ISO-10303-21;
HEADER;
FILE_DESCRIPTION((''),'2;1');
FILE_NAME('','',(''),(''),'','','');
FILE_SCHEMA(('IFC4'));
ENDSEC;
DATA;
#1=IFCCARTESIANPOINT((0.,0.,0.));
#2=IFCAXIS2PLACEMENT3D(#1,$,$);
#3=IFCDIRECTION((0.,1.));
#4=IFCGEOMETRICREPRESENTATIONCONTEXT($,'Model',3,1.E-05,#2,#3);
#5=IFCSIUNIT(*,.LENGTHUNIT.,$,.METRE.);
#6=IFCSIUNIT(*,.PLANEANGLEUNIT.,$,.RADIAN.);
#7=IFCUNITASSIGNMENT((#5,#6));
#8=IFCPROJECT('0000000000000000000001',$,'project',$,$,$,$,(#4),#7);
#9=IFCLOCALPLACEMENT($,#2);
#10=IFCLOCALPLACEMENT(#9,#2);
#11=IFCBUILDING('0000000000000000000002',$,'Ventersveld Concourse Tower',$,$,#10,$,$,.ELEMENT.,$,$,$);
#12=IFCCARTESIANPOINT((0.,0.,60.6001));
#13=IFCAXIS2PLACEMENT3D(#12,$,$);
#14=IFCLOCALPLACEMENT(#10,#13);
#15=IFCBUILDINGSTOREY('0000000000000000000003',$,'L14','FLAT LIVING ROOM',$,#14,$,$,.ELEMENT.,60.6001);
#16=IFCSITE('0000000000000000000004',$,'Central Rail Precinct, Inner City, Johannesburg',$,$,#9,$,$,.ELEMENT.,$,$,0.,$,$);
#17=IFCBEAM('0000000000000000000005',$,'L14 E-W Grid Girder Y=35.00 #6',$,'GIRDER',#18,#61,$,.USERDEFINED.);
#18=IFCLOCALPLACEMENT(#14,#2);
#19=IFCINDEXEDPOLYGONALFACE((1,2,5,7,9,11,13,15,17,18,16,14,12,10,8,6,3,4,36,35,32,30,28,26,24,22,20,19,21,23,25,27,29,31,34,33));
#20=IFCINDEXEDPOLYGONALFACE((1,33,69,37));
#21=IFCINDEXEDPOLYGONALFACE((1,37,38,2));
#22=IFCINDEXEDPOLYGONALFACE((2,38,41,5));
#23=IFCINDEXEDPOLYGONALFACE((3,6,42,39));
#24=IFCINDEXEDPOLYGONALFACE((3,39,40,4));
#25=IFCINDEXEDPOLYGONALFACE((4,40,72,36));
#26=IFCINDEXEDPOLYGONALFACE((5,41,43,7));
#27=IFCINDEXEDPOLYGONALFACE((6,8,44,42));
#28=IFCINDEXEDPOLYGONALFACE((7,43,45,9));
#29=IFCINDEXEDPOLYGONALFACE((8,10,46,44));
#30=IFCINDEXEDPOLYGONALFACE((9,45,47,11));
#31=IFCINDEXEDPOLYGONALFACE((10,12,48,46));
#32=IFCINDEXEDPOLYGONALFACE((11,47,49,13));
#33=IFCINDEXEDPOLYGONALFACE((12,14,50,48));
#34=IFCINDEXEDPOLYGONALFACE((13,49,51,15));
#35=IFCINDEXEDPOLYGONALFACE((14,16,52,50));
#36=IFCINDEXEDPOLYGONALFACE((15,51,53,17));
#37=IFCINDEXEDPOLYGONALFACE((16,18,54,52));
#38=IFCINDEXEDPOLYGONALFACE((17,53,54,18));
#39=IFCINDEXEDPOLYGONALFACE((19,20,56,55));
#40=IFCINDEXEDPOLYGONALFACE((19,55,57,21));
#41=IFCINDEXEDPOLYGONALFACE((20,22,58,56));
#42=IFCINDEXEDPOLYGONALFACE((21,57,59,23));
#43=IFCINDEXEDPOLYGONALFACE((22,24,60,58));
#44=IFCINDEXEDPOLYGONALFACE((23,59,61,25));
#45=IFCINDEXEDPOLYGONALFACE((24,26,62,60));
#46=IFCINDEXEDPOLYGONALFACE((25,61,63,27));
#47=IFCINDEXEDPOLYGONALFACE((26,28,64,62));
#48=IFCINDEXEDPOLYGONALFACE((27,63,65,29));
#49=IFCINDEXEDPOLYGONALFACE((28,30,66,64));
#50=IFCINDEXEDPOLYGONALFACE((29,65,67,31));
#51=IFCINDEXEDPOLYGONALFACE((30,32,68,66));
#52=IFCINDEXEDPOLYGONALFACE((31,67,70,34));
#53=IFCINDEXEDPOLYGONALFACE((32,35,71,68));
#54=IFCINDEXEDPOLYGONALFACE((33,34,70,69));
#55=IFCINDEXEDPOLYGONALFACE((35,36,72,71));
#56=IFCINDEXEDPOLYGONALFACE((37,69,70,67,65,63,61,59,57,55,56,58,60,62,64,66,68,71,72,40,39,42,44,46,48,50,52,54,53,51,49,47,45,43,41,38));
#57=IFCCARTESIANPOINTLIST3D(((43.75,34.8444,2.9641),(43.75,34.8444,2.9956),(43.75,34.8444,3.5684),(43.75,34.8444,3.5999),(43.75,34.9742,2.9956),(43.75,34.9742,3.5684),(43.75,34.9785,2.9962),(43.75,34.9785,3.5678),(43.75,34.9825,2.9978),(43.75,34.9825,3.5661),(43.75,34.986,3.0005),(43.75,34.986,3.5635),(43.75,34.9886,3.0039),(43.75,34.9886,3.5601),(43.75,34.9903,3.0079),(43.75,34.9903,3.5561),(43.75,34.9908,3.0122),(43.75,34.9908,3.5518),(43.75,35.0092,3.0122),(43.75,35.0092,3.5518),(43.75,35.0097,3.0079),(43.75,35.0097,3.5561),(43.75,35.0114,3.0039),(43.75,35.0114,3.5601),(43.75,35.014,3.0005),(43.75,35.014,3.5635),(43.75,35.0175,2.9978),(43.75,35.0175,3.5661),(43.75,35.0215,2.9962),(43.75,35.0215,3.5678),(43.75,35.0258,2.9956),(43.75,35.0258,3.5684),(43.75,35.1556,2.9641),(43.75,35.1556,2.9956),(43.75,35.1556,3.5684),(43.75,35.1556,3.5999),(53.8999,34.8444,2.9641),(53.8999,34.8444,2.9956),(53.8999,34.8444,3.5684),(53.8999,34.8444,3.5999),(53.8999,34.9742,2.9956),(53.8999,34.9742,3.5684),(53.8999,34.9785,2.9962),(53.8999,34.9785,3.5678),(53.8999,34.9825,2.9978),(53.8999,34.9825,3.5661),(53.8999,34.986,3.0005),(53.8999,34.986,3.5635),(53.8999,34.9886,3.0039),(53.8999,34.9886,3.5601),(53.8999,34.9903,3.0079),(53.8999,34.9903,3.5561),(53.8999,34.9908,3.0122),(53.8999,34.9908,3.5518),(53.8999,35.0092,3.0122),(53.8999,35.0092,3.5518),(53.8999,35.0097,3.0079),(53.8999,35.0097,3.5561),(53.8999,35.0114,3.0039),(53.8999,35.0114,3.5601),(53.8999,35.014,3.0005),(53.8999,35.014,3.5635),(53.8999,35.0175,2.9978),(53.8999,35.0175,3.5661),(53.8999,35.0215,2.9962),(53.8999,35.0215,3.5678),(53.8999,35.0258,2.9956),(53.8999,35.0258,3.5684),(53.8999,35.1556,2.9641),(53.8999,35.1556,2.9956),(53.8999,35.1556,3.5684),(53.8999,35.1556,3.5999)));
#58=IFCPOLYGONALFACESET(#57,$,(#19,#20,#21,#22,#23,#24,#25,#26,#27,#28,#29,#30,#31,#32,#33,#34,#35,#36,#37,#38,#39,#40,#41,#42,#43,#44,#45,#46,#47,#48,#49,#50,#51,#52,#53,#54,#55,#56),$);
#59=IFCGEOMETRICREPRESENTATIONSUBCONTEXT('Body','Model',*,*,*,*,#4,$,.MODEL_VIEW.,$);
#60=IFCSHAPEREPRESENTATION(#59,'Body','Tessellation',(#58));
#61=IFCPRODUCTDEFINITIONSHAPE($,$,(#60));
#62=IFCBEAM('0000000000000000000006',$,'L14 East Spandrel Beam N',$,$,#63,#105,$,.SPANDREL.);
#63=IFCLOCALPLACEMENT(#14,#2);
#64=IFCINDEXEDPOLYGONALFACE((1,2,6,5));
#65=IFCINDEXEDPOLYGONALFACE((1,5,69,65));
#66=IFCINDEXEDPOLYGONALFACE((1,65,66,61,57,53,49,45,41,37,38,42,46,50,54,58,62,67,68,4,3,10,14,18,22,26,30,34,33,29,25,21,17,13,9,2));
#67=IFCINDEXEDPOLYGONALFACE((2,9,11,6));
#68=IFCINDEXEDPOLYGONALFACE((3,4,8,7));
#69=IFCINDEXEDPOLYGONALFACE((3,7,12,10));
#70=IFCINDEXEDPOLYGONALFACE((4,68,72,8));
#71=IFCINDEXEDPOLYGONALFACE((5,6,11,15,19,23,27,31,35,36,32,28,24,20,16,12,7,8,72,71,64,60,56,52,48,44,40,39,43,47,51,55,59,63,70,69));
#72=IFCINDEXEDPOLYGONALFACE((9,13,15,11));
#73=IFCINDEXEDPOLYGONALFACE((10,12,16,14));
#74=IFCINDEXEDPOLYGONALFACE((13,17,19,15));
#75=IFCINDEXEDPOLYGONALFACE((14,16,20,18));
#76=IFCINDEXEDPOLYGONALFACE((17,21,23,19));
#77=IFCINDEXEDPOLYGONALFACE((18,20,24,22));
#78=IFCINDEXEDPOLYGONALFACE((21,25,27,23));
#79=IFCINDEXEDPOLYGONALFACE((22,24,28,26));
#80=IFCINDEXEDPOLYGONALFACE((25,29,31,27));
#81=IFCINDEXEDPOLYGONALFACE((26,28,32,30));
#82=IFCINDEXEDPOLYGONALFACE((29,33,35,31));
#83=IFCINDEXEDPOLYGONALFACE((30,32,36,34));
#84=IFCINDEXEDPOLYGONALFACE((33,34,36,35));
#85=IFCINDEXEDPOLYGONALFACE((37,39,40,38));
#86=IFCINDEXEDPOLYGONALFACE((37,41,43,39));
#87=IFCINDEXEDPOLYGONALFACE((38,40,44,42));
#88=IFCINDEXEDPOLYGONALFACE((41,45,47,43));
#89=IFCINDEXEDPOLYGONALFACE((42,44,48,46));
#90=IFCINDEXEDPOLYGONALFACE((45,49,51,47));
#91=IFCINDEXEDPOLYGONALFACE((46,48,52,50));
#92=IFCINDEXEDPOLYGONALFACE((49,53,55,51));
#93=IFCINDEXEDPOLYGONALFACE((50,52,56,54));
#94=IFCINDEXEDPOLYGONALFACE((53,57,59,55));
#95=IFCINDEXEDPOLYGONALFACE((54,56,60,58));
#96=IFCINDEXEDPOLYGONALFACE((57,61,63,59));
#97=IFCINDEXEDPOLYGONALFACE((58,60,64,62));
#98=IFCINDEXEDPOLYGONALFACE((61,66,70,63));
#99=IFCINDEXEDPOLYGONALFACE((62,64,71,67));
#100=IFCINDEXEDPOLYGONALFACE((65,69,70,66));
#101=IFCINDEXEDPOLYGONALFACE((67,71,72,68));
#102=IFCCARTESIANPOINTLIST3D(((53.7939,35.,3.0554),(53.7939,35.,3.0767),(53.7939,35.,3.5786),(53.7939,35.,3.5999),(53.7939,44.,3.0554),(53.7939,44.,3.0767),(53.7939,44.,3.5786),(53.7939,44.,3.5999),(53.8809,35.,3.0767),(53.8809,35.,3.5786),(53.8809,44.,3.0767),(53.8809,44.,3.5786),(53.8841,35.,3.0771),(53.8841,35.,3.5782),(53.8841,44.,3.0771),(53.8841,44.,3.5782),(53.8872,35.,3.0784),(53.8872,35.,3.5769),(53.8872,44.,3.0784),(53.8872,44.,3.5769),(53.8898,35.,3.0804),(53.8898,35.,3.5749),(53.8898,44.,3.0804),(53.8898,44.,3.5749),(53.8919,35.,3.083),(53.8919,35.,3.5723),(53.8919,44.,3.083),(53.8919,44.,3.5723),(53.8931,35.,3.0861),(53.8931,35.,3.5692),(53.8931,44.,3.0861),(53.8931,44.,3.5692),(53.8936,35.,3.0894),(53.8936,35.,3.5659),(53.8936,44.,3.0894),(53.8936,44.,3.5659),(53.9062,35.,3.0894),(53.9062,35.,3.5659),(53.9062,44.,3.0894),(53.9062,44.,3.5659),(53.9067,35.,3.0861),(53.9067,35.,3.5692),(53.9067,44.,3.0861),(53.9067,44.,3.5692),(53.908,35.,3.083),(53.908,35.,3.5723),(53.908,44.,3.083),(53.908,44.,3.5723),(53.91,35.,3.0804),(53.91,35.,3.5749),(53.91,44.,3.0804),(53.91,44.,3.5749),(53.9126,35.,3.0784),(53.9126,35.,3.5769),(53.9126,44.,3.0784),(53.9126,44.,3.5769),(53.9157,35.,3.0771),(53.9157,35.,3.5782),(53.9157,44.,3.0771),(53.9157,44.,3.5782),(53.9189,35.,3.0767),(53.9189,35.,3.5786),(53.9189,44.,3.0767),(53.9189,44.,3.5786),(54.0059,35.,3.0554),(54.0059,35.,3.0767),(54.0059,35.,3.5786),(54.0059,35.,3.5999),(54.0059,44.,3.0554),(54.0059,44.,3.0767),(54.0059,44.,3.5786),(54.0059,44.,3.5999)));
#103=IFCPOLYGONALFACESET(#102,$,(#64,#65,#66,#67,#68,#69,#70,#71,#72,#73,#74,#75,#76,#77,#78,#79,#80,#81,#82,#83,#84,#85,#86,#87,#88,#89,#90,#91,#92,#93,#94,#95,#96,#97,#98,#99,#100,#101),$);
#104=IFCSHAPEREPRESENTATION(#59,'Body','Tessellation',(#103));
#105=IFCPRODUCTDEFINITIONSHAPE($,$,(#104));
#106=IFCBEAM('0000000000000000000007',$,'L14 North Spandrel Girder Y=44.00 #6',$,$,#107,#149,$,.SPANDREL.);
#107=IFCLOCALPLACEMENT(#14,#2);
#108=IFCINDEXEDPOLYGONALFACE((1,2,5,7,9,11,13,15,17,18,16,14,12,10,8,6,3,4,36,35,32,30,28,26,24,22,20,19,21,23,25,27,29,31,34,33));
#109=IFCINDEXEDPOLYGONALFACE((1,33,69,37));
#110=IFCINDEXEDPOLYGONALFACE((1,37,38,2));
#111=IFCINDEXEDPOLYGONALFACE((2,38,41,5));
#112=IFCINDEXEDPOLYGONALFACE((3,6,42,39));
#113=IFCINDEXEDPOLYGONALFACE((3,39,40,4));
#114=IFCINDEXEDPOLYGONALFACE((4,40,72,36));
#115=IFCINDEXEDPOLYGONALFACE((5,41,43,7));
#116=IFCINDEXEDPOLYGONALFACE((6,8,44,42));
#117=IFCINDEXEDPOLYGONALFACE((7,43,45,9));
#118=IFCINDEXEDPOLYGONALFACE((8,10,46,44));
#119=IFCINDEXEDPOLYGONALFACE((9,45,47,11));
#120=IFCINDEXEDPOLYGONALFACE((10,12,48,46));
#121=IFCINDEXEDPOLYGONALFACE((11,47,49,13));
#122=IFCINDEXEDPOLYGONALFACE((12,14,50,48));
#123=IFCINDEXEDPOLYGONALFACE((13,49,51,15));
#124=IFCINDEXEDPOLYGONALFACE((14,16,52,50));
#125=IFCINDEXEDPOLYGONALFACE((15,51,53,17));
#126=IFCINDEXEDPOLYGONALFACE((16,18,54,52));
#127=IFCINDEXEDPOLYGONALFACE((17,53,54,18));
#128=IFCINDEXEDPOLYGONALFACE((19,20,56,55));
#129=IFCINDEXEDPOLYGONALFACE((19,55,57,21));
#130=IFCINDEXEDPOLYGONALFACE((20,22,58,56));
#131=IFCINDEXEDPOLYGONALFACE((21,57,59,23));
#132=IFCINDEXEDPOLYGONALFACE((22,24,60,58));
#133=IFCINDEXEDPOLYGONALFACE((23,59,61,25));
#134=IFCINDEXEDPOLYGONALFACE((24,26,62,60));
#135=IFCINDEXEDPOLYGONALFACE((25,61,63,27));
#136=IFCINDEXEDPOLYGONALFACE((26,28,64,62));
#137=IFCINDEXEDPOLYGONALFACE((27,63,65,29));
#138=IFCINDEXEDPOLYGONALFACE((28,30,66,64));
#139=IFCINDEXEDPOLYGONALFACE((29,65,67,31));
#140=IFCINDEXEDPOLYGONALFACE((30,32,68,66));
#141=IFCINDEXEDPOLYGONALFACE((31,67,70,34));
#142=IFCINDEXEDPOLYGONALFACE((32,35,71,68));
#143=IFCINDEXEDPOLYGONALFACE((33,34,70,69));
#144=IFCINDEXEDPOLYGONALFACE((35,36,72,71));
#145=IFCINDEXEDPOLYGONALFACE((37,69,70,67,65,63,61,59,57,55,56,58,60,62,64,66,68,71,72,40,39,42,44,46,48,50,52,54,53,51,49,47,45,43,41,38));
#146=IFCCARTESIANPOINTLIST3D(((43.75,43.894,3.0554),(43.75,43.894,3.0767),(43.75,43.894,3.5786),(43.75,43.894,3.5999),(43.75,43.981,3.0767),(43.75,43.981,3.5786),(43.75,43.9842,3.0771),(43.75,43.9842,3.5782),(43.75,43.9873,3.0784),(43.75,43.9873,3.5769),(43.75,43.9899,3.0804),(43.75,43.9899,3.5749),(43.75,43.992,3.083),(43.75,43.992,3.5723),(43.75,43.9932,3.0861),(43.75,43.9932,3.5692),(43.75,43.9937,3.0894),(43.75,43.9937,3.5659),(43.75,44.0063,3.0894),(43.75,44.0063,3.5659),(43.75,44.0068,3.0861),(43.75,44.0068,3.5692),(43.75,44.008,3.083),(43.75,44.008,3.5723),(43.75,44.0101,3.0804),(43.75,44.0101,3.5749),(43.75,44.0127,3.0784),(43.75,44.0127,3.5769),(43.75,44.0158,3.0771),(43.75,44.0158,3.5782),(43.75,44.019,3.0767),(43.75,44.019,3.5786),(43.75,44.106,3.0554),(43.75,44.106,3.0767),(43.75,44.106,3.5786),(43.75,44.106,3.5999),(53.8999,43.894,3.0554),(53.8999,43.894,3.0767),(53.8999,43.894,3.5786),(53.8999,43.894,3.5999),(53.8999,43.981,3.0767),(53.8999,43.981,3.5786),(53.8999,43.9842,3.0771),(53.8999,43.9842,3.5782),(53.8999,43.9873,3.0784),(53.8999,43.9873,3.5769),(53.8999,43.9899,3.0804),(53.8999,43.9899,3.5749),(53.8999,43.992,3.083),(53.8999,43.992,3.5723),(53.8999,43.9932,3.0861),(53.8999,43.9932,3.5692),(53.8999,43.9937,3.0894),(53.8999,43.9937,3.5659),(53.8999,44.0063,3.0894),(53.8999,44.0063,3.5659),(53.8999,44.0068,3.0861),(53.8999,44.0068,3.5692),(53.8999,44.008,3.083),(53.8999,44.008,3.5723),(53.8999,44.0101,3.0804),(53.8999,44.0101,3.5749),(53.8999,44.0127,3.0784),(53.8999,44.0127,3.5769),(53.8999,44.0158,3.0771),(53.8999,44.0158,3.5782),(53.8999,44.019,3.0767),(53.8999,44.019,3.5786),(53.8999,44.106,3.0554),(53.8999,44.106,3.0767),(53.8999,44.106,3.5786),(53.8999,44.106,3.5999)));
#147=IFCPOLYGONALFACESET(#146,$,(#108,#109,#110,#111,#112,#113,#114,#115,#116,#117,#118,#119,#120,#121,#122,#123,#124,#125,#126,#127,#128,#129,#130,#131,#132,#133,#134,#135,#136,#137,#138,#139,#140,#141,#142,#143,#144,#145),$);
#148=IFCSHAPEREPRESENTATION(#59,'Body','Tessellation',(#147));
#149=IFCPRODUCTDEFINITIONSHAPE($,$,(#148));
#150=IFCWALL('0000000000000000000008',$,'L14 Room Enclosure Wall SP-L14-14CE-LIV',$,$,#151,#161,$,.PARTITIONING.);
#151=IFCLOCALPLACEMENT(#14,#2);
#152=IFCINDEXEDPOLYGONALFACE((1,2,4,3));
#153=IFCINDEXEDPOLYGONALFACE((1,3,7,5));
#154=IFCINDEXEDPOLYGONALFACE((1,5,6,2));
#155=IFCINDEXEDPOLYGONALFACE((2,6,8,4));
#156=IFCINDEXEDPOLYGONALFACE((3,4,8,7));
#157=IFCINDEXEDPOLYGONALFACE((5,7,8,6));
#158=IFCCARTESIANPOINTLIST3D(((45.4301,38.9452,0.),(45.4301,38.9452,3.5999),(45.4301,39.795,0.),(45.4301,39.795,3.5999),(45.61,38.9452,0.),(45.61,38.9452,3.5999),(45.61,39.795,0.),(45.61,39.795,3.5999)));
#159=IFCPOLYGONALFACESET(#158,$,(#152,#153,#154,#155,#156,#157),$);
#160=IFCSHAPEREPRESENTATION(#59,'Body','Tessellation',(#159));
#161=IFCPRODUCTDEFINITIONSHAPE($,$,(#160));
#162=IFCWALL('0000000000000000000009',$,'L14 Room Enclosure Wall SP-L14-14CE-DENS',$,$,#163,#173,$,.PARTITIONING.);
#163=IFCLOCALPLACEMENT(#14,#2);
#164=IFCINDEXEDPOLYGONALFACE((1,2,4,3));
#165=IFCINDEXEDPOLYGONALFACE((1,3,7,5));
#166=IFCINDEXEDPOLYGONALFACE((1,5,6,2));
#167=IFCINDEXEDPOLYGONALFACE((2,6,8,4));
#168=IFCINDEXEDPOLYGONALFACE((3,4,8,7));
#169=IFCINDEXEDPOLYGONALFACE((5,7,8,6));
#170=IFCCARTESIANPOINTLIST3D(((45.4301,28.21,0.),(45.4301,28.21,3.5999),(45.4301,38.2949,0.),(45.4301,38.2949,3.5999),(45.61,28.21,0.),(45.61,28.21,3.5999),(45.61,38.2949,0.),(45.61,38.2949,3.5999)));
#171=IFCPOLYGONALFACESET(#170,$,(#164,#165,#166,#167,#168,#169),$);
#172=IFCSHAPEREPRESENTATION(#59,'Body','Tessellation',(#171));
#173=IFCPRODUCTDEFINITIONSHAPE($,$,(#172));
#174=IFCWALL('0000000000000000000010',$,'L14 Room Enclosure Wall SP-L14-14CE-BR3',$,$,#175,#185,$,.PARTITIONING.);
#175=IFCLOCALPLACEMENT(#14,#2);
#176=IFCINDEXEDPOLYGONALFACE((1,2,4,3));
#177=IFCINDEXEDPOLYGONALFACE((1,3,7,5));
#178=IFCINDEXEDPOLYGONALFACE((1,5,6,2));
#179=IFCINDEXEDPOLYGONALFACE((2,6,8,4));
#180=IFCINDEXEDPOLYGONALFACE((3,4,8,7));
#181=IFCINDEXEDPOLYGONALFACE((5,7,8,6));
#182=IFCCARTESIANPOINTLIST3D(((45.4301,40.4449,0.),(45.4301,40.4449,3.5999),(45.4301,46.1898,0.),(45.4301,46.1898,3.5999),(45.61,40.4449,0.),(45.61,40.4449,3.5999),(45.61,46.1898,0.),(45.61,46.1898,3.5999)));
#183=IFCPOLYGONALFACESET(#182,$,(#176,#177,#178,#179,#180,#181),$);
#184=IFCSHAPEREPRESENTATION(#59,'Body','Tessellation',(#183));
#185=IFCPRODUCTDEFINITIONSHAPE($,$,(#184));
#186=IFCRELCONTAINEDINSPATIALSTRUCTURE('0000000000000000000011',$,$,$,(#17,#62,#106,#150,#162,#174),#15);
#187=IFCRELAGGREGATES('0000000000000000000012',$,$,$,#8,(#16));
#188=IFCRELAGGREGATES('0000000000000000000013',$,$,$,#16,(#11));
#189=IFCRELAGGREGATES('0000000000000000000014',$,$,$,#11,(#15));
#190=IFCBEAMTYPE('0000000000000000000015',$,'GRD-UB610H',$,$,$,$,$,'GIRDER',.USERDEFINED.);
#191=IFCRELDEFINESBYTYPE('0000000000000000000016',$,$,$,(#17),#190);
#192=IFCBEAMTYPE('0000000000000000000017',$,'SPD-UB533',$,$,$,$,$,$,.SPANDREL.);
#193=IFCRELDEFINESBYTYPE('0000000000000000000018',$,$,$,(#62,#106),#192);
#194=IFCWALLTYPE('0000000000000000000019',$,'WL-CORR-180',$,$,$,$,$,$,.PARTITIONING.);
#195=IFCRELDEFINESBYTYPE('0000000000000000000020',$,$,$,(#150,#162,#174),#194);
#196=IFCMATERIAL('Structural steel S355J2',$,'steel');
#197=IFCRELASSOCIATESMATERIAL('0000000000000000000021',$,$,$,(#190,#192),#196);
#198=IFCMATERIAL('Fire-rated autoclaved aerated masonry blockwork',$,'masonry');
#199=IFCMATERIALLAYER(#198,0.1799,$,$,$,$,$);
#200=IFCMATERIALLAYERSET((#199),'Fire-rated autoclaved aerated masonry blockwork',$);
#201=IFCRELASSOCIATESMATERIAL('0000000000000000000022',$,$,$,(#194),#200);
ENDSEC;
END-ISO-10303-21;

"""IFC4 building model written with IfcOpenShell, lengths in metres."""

from ifc_helpers import new_model, si_unit, direction, frame, frame_2d, origin, origin_2d, place, context, subcontext, project, spatial, rectangle, i_section, extrude, material, layer, layer_set, material_profile, profile_set, type_object, element, save


model = new_model("IFC4")

# Units and contexts
model_context = context("Model", 3, precision=1e-05, world=origin(), true_north=direction((0.0, 1.0)))
body_context = subcontext(model_context, "Body", "Model", "MODEL_VIEW")
ifc_project = project(units=[si_unit("LENGTHUNIT", "METRE"), si_unit("PLANEANGLEUNIT", "RADIAN")], contexts=[model_context])

# Site, building, storey
site_placement = place(None, origin())
site = spatial("IfcSite", under=ifc_project, at=site_placement, Name="Central Rail Precinct, Inner City, Johannesburg", CompositionType="ELEMENT", RefElevation=0.0)
building_placement = place(site_placement, origin())
building = spatial("IfcBuilding", under=site, at=building_placement, Name="Ventersveld Concourse Tower", CompositionType="ELEMENT")
storey_placement = place(building_placement, frame((0.0, 0.0, 60.6001)))
storey = spatial("IfcBuildingStorey", under=building, at=storey_placement, Name="L14", Description="FLAT LIVING ROOM", CompositionType="ELEMENT", Elevation=60.6001)

# Beams
ifc_material_1 = material(Name="Structural steel S355J2", Category="steel")
ifc_material_profile_1 = material_profile(ifc_material_1, i_section(OverallWidth=0.3113, OverallDepth=0.6357, WebThickness=0.0183, FlangeThickness=0.0315, FilletRadius=0.0166, at=origin_2d()), Name="UB 610x305x238")
ifc_profile_set_1 = profile_set([ifc_material_profile_1], Name="Structural steel S355J2")
beam_type_1 = type_object("IfcBeamType", Name="GRD-UB610H", ElementType="GIRDER", PredefinedType="USERDEFINED", material=ifc_profile_set_1)
beam_1_placement = place(storey_placement, frame((43.75, 35.0, 3.282), z_axis=(1.0, 0.0, 0.0), x_axis=(0.0, 1.0, 0.0)))
element("IfcBeam", 1, at=beam_1_placement, inside=storey, type_object=beam_type_1, Name="L14 E-W Grid Girder Y=35.00 #6", ObjectType="GIRDER", PredefinedType="USERDEFINED", context=body_context, shape_type="SweptSolid", body=[
    extrude(i_section(OverallWidth=0.3113, OverallDepth=0.6357, WebThickness=0.0183, FlangeThickness=0.0315, FilletRadius=0.0166, at=origin_2d()), origin(), (0.0, 0.0, 1.0), 10.1499),
])
ifc_material_profile_2 = material_profile(ifc_material_1, i_section(OverallWidth=0.2119, OverallDepth=0.5444, WebThickness=0.0127, FlangeThickness=0.0212, FilletRadius=0.0127, at=origin_2d()), Name="UB 533x210x122")
ifc_profile_set_2 = profile_set([ifc_material_profile_2], Name="Structural steel S355J2")
beam_type_2 = type_object("IfcBeamType", Name="SPD-UB533", PredefinedType="SPANDREL", material=ifc_profile_set_2)
beam_2_placement = place(storey_placement, frame((53.8999, 35.0, 3.3276), z_axis=(0.0, 1.0, 0.0), x_axis=(-1.0, 0.0, 0.0)))
element("IfcBeam", 2, at=beam_2_placement, inside=storey, type_object=beam_type_2, Name="L14 East Spandrel Beam N", PredefinedType="SPANDREL", context=body_context, shape_type="SweptSolid", body=[
    extrude(i_section(OverallWidth=0.2119, OverallDepth=0.5444, WebThickness=0.0127, FlangeThickness=0.0212, FilletRadius=0.0127, at=origin_2d()), origin(), (0.0, 0.0, 1.0), 9.0),
])
beam_3_placement = place(storey_placement, frame((43.75, 44.0, 3.3276), z_axis=(1.0, 0.0, 0.0), x_axis=(0.0, 1.0, 0.0)))
element("IfcBeam", 3, at=beam_3_placement, inside=storey, type_object=beam_type_2, Name="L14 North Spandrel Girder Y=44.00 #6", PredefinedType="SPANDREL", context=body_context, shape_type="SweptSolid", body=[
    extrude(i_section(OverallWidth=0.2119, OverallDepth=0.5444, WebThickness=0.0127, FlangeThickness=0.0212, FilletRadius=0.0127, at=origin_2d()), origin(), (0.0, 0.0, 1.0), 10.1499),
])

# Walls
ifc_material_2 = material(Name="Fire-rated autoclaved aerated masonry blockwork", Category="masonry")
ifc_layer_1 = layer(ifc_material_2, 0.1799)
ifc_layer_set_1 = layer_set([ifc_layer_1], Name="Fire-rated autoclaved aerated masonry blockwork")
wall_type_1 = type_object("IfcWallType", Name="WL-CORR-180", PredefinedType="PARTITIONING", material=ifc_layer_set_1)
wall_1_placement = place(storey_placement, frame((45.52, 39.7949, 0.0), z_axis=(0.0, 0.0, 1.0), x_axis=(0.0, -1.0, 0.0)))
element("IfcWall", 4, at=wall_1_placement, inside=storey, type_object=wall_type_1, Name="L14 Room Enclosure Wall SP-L14-14CE-LIV", PredefinedType="PARTITIONING", context=body_context, shape_type="SweptSolid", body=[
    extrude(rectangle(XDim=0.8499, YDim=0.1799, at=frame_2d((0.4248, 0.0))), origin(), (0.0, 0.0, 1.0), 3.5999),
])
wall_2_placement = place(storey_placement, frame((45.52, 38.2949, 0.0), z_axis=(0.0, 0.0, 1.0), x_axis=(0.0, -1.0, 0.0)))
element("IfcWall", 5, at=wall_2_placement, inside=storey, type_object=wall_type_1, Name="L14 Room Enclosure Wall SP-L14-14CE-DENS", PredefinedType="PARTITIONING", context=body_context, shape_type="SweptSolid", body=[
    extrude(rectangle(XDim=10.085, YDim=0.1799, at=frame_2d((5.0425, 0.0))), origin(), (0.0, 0.0, 1.0), 3.5999),
])
wall_3_placement = place(storey_placement, frame((45.52, 46.1899, 0.0), z_axis=(0.0, 0.0, 1.0), x_axis=(0.0, -1.0, 0.0)))
element("IfcWall", 6, at=wall_3_placement, inside=storey, type_object=wall_type_1, Name="L14 Room Enclosure Wall SP-L14-14CE-BR3", PredefinedType="PARTITIONING", context=body_context, shape_type="SweptSolid", body=[
    extrude(rectangle(XDim=5.7449, YDim=0.1799, at=frame_2d((2.8726, 0.0))), origin(), (0.0, 0.0, 1.0), 3.5999),
])

save(model, "model.ifc")
